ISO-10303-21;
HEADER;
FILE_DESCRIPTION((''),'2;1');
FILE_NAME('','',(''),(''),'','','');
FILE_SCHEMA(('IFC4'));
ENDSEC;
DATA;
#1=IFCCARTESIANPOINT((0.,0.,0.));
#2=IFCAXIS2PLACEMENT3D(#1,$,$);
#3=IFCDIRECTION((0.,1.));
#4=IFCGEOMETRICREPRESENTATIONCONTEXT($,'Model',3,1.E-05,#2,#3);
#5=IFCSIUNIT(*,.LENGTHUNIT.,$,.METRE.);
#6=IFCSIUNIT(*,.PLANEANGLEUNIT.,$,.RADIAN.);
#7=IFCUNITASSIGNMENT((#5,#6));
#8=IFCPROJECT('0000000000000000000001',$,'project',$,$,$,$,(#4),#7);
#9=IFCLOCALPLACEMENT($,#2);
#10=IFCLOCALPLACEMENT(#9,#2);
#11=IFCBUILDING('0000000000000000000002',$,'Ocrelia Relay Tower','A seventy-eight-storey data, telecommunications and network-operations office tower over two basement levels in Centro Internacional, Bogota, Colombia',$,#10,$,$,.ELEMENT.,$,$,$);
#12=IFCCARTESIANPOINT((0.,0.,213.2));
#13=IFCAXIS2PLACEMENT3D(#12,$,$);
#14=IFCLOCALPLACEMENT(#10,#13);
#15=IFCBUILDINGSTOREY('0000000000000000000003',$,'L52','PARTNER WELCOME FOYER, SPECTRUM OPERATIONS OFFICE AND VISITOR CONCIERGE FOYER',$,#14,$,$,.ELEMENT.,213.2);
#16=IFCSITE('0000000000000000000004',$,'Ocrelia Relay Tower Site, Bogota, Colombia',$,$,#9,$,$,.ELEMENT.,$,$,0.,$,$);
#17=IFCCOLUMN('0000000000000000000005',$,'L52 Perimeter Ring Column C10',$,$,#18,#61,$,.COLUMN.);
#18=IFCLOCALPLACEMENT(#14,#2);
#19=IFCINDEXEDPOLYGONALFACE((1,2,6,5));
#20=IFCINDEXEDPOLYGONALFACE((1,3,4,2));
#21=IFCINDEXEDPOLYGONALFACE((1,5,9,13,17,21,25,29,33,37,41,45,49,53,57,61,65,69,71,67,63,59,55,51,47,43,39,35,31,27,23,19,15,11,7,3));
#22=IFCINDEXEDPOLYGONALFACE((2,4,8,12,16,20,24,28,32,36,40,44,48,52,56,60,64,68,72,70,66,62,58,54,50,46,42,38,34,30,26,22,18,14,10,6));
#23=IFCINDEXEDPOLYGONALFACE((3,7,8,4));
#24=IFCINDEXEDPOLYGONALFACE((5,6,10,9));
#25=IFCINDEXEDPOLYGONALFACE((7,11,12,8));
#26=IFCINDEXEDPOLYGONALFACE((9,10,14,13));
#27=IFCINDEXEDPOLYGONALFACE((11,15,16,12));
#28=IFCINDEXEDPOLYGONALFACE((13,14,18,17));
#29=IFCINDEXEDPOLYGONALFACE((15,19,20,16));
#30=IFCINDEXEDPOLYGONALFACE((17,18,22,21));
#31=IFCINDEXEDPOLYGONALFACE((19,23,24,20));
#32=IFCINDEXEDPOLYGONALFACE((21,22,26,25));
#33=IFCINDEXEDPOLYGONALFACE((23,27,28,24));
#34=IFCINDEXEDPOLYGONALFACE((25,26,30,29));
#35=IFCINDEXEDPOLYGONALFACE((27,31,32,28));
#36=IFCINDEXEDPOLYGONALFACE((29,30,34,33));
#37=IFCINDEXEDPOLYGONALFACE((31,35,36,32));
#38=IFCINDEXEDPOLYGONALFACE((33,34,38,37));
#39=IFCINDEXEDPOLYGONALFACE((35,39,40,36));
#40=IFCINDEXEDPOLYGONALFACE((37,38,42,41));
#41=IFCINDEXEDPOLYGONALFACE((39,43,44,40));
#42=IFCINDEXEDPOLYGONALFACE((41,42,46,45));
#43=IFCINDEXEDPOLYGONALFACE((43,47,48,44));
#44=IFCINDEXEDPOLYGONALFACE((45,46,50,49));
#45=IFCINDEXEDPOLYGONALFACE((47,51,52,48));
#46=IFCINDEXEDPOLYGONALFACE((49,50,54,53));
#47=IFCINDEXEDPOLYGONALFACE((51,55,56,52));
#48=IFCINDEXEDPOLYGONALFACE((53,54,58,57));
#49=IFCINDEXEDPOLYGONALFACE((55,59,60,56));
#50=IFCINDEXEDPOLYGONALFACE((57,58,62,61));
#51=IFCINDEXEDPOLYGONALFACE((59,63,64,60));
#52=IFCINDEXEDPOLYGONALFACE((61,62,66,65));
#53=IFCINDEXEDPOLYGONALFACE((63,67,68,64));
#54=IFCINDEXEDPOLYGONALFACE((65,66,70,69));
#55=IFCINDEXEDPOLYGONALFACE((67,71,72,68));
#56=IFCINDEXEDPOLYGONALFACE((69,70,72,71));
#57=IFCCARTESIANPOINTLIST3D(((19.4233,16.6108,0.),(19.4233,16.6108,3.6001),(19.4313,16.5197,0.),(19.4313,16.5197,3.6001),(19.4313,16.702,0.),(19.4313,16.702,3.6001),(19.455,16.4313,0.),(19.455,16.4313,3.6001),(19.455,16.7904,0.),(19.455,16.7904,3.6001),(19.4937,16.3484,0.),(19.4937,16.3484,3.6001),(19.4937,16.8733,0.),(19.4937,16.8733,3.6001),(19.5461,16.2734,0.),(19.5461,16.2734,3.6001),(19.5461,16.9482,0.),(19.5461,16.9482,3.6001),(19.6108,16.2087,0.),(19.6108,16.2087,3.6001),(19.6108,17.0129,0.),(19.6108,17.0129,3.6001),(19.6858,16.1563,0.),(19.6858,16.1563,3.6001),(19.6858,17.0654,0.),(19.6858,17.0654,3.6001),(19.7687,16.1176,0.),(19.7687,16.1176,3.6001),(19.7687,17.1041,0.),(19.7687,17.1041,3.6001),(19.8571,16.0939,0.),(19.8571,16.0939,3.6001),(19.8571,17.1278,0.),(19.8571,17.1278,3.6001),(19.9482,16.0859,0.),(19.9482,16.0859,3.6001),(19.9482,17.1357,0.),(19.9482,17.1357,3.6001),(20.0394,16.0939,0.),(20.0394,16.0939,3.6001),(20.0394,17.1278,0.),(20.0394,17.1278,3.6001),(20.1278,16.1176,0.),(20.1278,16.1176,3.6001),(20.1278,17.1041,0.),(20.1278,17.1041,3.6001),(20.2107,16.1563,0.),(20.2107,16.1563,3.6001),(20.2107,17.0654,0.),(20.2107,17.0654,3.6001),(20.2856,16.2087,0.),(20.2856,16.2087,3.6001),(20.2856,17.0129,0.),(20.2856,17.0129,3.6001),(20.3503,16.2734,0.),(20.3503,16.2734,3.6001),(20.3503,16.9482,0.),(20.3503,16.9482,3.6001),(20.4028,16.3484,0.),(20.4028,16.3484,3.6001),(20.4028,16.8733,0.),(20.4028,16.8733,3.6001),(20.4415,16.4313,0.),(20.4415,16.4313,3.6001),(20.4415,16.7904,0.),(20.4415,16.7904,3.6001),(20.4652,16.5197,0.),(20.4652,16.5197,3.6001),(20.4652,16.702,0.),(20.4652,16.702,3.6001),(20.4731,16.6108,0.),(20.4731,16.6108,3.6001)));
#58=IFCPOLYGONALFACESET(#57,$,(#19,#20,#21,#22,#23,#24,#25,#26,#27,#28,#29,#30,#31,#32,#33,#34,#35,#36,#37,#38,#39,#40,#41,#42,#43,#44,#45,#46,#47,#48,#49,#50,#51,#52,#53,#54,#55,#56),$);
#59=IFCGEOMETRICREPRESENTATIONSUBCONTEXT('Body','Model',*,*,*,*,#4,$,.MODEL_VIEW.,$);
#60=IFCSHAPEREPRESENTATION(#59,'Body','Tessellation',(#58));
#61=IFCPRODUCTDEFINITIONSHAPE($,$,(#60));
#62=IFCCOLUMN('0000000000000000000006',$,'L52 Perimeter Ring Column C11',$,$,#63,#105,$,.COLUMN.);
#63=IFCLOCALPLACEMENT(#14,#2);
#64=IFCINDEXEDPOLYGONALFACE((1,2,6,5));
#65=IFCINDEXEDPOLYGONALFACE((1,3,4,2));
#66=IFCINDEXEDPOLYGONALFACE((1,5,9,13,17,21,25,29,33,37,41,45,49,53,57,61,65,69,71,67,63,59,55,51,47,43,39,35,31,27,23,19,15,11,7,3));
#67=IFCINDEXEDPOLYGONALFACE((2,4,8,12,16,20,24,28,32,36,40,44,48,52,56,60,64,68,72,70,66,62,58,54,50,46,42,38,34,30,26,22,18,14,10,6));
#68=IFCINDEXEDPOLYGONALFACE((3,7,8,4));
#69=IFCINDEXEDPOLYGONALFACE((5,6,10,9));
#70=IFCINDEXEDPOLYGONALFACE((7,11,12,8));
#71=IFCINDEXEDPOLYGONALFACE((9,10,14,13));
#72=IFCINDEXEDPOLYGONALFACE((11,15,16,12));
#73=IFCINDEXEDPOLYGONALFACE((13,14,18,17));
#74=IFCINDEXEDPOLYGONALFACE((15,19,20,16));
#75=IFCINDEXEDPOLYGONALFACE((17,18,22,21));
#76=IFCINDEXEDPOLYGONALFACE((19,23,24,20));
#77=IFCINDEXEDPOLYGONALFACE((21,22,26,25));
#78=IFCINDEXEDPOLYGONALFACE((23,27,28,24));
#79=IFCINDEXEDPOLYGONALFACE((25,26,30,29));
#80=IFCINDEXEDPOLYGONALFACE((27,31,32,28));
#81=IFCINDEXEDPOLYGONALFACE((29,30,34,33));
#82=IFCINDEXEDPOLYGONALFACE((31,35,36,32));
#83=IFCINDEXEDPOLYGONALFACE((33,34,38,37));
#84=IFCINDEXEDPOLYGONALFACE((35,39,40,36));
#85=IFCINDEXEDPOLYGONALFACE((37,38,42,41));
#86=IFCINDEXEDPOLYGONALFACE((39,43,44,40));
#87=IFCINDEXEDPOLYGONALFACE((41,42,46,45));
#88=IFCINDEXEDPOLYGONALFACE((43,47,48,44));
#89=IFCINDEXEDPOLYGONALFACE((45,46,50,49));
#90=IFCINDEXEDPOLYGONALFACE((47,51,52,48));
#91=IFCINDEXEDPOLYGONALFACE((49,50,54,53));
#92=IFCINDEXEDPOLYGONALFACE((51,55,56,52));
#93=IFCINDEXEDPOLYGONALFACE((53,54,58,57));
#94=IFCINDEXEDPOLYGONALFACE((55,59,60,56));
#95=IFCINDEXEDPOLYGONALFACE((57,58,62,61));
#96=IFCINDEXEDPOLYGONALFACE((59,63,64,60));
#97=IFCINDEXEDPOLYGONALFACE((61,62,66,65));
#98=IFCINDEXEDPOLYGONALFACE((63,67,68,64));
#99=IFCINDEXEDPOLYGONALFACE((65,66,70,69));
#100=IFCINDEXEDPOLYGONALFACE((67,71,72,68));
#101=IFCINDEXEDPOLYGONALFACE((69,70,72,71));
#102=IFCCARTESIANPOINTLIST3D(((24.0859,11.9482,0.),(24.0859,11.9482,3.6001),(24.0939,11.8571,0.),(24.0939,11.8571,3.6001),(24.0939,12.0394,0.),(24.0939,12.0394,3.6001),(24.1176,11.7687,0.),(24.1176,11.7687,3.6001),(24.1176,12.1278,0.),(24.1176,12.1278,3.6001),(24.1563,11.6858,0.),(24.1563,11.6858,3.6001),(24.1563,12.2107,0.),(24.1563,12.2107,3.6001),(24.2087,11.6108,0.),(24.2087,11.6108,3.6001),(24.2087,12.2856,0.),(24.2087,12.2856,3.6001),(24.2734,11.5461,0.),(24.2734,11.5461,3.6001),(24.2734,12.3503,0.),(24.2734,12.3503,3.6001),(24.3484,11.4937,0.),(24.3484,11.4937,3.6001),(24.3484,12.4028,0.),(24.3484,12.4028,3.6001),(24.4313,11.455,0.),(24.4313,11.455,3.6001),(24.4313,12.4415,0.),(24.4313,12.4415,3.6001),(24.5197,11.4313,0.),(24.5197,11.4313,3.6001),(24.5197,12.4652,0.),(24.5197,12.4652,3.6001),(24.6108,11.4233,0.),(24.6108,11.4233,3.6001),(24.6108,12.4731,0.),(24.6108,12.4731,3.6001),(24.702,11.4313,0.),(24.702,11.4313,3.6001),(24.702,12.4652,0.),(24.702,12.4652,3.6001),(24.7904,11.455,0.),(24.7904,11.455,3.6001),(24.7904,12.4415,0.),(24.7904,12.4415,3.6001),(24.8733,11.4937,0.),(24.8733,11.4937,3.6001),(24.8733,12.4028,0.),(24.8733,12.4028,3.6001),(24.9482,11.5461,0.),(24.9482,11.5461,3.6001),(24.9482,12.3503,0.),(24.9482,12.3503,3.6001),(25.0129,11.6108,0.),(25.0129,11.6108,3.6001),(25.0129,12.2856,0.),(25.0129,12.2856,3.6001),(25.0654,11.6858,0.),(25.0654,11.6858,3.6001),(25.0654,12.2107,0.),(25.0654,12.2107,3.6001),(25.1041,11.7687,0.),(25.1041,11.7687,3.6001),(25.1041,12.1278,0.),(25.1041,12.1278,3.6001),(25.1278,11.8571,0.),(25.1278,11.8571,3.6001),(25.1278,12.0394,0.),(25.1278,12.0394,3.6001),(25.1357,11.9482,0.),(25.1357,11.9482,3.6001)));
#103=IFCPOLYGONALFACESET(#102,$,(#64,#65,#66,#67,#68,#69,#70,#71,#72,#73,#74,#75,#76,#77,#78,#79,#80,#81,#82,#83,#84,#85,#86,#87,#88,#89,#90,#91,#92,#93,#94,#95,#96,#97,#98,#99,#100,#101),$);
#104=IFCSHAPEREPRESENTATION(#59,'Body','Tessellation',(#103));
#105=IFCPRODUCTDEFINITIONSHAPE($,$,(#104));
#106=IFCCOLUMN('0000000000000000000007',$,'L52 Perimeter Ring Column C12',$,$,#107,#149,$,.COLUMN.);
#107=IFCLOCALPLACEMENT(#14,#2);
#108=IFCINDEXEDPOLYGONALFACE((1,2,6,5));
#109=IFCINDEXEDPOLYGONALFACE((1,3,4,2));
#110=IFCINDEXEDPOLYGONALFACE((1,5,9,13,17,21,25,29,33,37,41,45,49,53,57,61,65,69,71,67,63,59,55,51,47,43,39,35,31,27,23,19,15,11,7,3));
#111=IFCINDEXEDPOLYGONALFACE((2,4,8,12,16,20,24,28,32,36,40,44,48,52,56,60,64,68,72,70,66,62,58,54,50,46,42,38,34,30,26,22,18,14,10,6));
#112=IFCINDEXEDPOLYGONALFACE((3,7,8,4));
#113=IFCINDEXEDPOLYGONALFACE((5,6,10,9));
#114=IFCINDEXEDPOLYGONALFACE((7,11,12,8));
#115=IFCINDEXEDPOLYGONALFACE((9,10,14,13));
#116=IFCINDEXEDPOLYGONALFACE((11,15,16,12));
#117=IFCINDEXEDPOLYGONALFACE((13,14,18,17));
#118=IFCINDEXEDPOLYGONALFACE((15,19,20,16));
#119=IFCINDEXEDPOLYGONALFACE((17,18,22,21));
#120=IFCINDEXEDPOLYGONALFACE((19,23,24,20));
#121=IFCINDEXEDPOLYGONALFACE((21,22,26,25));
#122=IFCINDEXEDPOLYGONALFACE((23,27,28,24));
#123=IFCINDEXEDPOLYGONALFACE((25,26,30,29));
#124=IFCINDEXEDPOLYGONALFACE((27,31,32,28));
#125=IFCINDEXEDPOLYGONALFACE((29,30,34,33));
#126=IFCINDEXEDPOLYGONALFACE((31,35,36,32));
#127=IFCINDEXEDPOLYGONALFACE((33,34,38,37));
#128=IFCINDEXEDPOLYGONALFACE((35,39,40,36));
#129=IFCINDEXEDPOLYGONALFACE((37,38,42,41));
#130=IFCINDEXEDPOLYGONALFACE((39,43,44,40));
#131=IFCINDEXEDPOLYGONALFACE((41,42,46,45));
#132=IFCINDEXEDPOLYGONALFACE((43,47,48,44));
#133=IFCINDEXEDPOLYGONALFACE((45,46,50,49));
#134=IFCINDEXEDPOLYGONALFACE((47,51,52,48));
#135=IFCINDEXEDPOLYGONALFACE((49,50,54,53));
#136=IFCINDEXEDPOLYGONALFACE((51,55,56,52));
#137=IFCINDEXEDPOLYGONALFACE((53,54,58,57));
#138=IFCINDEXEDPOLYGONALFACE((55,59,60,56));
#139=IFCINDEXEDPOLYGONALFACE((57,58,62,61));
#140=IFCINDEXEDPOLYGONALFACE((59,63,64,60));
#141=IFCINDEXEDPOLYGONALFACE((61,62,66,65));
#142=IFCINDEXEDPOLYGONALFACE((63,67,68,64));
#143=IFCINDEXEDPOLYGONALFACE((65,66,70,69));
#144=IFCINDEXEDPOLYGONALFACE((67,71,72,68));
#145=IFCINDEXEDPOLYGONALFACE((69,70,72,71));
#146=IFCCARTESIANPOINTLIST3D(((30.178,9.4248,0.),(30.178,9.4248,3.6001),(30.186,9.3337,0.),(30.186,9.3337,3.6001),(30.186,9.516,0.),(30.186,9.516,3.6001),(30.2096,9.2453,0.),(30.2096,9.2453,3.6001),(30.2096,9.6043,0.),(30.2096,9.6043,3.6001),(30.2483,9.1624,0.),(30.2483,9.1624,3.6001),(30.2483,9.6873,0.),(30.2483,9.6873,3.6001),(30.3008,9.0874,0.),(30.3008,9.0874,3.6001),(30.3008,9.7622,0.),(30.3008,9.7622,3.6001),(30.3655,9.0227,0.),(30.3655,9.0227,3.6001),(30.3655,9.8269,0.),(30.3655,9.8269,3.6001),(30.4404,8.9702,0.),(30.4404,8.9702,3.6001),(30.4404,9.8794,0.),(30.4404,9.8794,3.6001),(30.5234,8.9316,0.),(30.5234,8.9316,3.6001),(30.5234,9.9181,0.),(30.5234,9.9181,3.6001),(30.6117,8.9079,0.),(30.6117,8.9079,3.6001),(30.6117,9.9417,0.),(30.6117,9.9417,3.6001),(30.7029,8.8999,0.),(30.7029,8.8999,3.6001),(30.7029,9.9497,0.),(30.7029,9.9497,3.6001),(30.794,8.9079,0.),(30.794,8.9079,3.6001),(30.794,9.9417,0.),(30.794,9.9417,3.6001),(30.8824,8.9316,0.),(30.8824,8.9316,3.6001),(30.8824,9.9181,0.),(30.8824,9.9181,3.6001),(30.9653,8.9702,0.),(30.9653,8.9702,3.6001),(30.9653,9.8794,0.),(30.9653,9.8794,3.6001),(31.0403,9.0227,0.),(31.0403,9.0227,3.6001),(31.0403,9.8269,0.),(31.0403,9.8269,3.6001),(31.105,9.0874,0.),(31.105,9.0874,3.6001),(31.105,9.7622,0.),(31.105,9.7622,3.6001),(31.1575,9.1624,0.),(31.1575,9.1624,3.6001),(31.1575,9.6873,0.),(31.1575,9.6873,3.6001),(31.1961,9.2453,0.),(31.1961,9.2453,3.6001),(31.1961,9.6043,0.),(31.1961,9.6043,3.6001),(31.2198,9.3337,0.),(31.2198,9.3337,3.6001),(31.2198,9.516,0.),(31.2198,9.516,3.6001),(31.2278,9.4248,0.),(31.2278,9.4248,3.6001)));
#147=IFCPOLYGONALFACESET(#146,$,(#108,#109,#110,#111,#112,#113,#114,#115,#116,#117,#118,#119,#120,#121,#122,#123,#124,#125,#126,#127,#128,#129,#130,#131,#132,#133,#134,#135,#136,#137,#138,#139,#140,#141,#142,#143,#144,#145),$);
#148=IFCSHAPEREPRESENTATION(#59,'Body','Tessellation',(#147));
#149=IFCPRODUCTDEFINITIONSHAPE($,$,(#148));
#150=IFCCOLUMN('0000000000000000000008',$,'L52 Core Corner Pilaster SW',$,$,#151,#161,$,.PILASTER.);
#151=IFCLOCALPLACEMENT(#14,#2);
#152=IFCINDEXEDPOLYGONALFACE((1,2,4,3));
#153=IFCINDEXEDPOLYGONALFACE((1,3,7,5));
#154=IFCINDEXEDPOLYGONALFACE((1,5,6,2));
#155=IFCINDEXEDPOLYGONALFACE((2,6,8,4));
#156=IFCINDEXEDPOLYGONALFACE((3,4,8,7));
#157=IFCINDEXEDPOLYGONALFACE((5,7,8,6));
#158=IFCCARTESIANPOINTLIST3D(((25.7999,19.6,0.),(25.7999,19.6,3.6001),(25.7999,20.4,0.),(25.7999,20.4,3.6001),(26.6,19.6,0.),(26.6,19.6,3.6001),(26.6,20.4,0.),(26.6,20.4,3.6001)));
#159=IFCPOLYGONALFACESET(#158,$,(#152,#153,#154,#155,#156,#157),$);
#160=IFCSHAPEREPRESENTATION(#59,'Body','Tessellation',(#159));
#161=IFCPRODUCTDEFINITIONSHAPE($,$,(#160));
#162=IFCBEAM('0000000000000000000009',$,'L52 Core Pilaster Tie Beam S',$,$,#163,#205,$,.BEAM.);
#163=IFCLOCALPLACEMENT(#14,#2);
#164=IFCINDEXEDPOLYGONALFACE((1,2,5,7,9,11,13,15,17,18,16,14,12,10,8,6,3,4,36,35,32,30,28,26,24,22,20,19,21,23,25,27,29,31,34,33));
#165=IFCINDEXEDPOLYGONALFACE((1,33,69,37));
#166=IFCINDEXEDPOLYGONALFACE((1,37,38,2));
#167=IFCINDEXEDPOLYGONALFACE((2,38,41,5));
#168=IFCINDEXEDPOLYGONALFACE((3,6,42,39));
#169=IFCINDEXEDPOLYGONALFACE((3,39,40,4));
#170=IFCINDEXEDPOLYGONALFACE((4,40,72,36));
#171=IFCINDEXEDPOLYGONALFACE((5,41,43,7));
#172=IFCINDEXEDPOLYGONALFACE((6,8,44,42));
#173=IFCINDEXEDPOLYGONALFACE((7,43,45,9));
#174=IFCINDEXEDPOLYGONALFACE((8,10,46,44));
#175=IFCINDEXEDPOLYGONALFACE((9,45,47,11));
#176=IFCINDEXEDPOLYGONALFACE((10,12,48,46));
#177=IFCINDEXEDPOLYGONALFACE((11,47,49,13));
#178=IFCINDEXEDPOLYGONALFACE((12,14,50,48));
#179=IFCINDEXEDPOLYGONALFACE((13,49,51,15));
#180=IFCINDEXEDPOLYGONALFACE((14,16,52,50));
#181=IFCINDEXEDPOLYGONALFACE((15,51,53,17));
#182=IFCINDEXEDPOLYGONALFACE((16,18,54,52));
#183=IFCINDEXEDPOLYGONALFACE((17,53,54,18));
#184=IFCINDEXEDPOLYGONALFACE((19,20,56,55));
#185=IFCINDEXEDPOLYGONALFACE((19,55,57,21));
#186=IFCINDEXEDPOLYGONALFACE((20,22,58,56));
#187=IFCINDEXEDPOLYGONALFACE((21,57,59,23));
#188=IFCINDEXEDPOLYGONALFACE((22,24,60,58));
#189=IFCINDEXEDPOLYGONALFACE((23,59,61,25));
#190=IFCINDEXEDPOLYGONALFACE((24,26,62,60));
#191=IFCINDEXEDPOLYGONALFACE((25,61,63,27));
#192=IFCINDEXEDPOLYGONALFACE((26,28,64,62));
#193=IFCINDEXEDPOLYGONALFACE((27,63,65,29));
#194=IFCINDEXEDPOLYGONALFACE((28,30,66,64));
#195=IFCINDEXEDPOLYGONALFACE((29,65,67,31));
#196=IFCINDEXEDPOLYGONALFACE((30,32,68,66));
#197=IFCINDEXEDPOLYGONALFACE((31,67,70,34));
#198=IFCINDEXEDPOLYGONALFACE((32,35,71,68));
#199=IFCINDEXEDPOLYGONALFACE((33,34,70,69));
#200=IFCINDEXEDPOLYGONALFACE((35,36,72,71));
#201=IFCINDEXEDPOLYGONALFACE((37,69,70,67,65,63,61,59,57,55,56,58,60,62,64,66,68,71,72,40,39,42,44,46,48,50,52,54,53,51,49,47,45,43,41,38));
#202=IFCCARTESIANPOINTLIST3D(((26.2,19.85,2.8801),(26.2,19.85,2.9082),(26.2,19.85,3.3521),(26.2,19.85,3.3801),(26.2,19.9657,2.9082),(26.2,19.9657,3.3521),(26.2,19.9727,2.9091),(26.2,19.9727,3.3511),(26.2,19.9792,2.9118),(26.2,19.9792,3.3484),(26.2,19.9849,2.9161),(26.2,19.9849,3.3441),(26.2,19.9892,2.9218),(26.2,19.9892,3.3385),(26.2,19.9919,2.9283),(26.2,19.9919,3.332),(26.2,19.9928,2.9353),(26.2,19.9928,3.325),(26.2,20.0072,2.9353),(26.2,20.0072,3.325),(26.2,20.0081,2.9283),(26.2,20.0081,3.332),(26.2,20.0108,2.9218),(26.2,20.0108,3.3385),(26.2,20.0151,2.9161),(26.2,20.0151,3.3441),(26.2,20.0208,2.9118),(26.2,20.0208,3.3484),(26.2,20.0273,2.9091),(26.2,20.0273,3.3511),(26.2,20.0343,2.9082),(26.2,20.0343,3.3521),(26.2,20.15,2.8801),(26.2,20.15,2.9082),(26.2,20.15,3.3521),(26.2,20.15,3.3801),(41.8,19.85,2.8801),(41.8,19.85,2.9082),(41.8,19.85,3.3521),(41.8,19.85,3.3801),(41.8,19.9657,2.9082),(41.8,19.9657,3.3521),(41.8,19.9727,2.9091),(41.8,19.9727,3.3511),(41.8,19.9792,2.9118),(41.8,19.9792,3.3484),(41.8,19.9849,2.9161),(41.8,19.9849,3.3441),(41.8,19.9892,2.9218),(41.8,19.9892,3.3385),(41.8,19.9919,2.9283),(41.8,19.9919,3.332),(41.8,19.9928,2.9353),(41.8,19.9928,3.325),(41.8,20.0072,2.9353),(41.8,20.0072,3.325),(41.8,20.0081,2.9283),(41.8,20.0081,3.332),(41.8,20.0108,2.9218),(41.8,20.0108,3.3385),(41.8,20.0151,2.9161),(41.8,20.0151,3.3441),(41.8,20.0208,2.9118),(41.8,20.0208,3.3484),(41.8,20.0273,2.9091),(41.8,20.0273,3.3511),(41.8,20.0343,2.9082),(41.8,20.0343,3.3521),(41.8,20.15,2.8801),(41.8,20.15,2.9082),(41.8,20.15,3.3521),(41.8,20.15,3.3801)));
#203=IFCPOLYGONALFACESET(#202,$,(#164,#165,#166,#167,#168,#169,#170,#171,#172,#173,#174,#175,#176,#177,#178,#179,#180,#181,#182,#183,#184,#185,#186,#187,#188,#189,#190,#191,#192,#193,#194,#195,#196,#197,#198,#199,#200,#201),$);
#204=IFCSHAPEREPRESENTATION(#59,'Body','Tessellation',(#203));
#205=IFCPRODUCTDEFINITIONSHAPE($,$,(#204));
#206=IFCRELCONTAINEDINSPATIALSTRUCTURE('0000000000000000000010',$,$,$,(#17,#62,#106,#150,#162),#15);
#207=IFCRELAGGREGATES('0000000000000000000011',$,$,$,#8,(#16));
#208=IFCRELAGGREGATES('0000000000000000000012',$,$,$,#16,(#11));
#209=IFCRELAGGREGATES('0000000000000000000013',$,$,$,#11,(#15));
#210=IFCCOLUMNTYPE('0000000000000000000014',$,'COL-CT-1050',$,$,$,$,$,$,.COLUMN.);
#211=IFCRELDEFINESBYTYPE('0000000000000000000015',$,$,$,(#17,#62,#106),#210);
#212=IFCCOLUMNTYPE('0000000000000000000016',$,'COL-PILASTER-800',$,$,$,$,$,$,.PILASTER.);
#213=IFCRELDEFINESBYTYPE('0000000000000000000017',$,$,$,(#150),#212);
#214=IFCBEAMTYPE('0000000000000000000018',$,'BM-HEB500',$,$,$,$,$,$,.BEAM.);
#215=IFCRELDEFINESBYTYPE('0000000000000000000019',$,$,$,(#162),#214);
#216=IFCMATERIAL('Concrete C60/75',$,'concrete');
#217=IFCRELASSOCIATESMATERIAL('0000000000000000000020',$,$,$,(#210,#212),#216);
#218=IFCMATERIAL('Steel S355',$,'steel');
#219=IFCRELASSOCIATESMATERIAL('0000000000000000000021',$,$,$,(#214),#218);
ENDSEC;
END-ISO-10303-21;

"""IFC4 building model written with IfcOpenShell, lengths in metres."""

from ifc_helpers import new_model, si_unit, direction, frame, origin, origin_2d, place, context, subcontext, project, spatial, rectangle, circle, i_section, extrude, material, material_profile, profile_set, type_object, element, save


model = new_model("IFC4")

# Units and contexts
model_context = context("Model", 3, precision=1e-05, world=origin(), true_north=direction((0.0, 1.0)))
body_context = subcontext(model_context, "Body", "Model", "MODEL_VIEW")
ifc_project = project(units=[si_unit("LENGTHUNIT", "METRE"), si_unit("PLANEANGLEUNIT", "RADIAN")], contexts=[model_context])

# Site, building, storey
site_placement = place(None, origin())
site = spatial("IfcSite", under=ifc_project, at=site_placement, Name="Ocrelia Relay Tower Site, Bogota, Colombia", CompositionType="ELEMENT", RefElevation=0.0)
building_placement = place(site_placement, origin())
building = spatial("IfcBuilding", under=site, at=building_placement, Name="Ocrelia Relay Tower", Description="A seventy-eight-storey data, telecommunications and network-operations office tower over two basement levels in Centro Internacional, Bogota, Colombia", CompositionType="ELEMENT")
storey_placement = place(building_placement, frame((0.0, 0.0, 213.2)))
storey = spatial("IfcBuildingStorey", under=building, at=storey_placement, Name="L52", Description="PARTNER WELCOME FOYER, SPECTRUM OPERATIONS OFFICE AND VISITOR CONCIERGE FOYER", CompositionType="ELEMENT", Elevation=213.2)

# Columns
ifc_material_1 = material(Name="Concrete C60/75", Category="concrete")
ifc_material_profile_1 = material_profile(ifc_material_1, circle(Radius=0.5249, at=origin_2d()), Name="RC-CIR-1050")
ifc_profile_set_1 = profile_set([ifc_material_profile_1], Name="Concrete C60/75")
column_type_1 = type_object("IfcColumnType", Name="COL-CT-1050", PredefinedType="COLUMN", material=ifc_profile_set_1)
for number, where, z_axis, x_axis, name in (
    (1, (19.9482, 16.6108, 0.0), (0.0, 0.0, 1.0), (1.0, 0.0, 0.0), "L52 Perimeter Ring Column C10"),
    (2, (24.6108, 11.9482, 0.0), (0.0, 0.0, 1.0), (1.0, 0.0, 0.0), "L52 Perimeter Ring Column C11"),
    (3, (30.7029, 9.4248, 0.0), (0.0, 0.0, 1.0), (1.0, 0.0, 0.0), "L52 Perimeter Ring Column C12"),
):
    element("IfcColumn", number, at=place(storey_placement, frame(where, z_axis=z_axis, x_axis=x_axis)), inside=storey, type_object=column_type_1, Name=name, PredefinedType="COLUMN", context=body_context, shape_type="SweptSolid", body=[
        extrude(circle(Radius=0.5249, at=origin_2d()), origin(), (0.0, 0.0, 1.0), 3.6001),
    ])
ifc_material_profile_2 = material_profile(ifc_material_1, rectangle(XDim=0.8, YDim=0.8, at=origin_2d()), Name="RC-COL-800x800")
ifc_profile_set_2 = profile_set([ifc_material_profile_2], Name="Concrete C60/75")
column_type_2 = type_object("IfcColumnType", Name="COL-PILASTER-800", PredefinedType="PILASTER", material=ifc_profile_set_2)
column_placement = place(storey_placement, frame((26.2, 20.0, 0.0), z_axis=(0.0, 0.0, 1.0), x_axis=(1.0, 0.0, 0.0)))
element("IfcColumn", 4, at=column_placement, inside=storey, type_object=column_type_2, Name="L52 Core Corner Pilaster SW", PredefinedType="PILASTER", context=body_context, shape_type="SweptSolid", body=[
    extrude(rectangle(XDim=0.8, YDim=0.8, at=origin_2d()), origin(), (0.0, 0.0, 1.0), 3.6001),
])

# Beam
ifc_material_2 = material(Name="Steel S355", Category="steel")
ifc_material_profile_3 = material_profile(ifc_material_2, i_section(OverallWidth=0.3, OverallDepth=0.5, WebThickness=0.0144, FlangeThickness=0.0281, FilletRadius=0.0271, at=origin_2d()), Name="HEB 500")
ifc_profile_set_3 = profile_set([ifc_material_profile_3], Name="Steel S355")
beam_type_1 = type_object("IfcBeamType", Name="BM-HEB500", PredefinedType="BEAM", material=ifc_profile_set_3)
beam_1_placement = place(storey_placement, frame((26.2, 20.0, 3.1301), z_axis=(1.0, 0.0, 0.0), x_axis=(0.0, 1.0, 0.0)))
element("IfcBeam", 5, at=beam_1_placement, inside=storey, type_object=beam_type_1, Name="L52 Core Pilaster Tie Beam S", PredefinedType="BEAM", context=body_context, shape_type="SweptSolid", body=[
    extrude(i_section(OverallWidth=0.3, OverallDepth=0.5, WebThickness=0.0144, FlangeThickness=0.0281, FilletRadius=0.0271, at=origin_2d()), origin(), (0.0, 0.0, 1.0), 15.6001),
])

save(model, "model.ifc")
